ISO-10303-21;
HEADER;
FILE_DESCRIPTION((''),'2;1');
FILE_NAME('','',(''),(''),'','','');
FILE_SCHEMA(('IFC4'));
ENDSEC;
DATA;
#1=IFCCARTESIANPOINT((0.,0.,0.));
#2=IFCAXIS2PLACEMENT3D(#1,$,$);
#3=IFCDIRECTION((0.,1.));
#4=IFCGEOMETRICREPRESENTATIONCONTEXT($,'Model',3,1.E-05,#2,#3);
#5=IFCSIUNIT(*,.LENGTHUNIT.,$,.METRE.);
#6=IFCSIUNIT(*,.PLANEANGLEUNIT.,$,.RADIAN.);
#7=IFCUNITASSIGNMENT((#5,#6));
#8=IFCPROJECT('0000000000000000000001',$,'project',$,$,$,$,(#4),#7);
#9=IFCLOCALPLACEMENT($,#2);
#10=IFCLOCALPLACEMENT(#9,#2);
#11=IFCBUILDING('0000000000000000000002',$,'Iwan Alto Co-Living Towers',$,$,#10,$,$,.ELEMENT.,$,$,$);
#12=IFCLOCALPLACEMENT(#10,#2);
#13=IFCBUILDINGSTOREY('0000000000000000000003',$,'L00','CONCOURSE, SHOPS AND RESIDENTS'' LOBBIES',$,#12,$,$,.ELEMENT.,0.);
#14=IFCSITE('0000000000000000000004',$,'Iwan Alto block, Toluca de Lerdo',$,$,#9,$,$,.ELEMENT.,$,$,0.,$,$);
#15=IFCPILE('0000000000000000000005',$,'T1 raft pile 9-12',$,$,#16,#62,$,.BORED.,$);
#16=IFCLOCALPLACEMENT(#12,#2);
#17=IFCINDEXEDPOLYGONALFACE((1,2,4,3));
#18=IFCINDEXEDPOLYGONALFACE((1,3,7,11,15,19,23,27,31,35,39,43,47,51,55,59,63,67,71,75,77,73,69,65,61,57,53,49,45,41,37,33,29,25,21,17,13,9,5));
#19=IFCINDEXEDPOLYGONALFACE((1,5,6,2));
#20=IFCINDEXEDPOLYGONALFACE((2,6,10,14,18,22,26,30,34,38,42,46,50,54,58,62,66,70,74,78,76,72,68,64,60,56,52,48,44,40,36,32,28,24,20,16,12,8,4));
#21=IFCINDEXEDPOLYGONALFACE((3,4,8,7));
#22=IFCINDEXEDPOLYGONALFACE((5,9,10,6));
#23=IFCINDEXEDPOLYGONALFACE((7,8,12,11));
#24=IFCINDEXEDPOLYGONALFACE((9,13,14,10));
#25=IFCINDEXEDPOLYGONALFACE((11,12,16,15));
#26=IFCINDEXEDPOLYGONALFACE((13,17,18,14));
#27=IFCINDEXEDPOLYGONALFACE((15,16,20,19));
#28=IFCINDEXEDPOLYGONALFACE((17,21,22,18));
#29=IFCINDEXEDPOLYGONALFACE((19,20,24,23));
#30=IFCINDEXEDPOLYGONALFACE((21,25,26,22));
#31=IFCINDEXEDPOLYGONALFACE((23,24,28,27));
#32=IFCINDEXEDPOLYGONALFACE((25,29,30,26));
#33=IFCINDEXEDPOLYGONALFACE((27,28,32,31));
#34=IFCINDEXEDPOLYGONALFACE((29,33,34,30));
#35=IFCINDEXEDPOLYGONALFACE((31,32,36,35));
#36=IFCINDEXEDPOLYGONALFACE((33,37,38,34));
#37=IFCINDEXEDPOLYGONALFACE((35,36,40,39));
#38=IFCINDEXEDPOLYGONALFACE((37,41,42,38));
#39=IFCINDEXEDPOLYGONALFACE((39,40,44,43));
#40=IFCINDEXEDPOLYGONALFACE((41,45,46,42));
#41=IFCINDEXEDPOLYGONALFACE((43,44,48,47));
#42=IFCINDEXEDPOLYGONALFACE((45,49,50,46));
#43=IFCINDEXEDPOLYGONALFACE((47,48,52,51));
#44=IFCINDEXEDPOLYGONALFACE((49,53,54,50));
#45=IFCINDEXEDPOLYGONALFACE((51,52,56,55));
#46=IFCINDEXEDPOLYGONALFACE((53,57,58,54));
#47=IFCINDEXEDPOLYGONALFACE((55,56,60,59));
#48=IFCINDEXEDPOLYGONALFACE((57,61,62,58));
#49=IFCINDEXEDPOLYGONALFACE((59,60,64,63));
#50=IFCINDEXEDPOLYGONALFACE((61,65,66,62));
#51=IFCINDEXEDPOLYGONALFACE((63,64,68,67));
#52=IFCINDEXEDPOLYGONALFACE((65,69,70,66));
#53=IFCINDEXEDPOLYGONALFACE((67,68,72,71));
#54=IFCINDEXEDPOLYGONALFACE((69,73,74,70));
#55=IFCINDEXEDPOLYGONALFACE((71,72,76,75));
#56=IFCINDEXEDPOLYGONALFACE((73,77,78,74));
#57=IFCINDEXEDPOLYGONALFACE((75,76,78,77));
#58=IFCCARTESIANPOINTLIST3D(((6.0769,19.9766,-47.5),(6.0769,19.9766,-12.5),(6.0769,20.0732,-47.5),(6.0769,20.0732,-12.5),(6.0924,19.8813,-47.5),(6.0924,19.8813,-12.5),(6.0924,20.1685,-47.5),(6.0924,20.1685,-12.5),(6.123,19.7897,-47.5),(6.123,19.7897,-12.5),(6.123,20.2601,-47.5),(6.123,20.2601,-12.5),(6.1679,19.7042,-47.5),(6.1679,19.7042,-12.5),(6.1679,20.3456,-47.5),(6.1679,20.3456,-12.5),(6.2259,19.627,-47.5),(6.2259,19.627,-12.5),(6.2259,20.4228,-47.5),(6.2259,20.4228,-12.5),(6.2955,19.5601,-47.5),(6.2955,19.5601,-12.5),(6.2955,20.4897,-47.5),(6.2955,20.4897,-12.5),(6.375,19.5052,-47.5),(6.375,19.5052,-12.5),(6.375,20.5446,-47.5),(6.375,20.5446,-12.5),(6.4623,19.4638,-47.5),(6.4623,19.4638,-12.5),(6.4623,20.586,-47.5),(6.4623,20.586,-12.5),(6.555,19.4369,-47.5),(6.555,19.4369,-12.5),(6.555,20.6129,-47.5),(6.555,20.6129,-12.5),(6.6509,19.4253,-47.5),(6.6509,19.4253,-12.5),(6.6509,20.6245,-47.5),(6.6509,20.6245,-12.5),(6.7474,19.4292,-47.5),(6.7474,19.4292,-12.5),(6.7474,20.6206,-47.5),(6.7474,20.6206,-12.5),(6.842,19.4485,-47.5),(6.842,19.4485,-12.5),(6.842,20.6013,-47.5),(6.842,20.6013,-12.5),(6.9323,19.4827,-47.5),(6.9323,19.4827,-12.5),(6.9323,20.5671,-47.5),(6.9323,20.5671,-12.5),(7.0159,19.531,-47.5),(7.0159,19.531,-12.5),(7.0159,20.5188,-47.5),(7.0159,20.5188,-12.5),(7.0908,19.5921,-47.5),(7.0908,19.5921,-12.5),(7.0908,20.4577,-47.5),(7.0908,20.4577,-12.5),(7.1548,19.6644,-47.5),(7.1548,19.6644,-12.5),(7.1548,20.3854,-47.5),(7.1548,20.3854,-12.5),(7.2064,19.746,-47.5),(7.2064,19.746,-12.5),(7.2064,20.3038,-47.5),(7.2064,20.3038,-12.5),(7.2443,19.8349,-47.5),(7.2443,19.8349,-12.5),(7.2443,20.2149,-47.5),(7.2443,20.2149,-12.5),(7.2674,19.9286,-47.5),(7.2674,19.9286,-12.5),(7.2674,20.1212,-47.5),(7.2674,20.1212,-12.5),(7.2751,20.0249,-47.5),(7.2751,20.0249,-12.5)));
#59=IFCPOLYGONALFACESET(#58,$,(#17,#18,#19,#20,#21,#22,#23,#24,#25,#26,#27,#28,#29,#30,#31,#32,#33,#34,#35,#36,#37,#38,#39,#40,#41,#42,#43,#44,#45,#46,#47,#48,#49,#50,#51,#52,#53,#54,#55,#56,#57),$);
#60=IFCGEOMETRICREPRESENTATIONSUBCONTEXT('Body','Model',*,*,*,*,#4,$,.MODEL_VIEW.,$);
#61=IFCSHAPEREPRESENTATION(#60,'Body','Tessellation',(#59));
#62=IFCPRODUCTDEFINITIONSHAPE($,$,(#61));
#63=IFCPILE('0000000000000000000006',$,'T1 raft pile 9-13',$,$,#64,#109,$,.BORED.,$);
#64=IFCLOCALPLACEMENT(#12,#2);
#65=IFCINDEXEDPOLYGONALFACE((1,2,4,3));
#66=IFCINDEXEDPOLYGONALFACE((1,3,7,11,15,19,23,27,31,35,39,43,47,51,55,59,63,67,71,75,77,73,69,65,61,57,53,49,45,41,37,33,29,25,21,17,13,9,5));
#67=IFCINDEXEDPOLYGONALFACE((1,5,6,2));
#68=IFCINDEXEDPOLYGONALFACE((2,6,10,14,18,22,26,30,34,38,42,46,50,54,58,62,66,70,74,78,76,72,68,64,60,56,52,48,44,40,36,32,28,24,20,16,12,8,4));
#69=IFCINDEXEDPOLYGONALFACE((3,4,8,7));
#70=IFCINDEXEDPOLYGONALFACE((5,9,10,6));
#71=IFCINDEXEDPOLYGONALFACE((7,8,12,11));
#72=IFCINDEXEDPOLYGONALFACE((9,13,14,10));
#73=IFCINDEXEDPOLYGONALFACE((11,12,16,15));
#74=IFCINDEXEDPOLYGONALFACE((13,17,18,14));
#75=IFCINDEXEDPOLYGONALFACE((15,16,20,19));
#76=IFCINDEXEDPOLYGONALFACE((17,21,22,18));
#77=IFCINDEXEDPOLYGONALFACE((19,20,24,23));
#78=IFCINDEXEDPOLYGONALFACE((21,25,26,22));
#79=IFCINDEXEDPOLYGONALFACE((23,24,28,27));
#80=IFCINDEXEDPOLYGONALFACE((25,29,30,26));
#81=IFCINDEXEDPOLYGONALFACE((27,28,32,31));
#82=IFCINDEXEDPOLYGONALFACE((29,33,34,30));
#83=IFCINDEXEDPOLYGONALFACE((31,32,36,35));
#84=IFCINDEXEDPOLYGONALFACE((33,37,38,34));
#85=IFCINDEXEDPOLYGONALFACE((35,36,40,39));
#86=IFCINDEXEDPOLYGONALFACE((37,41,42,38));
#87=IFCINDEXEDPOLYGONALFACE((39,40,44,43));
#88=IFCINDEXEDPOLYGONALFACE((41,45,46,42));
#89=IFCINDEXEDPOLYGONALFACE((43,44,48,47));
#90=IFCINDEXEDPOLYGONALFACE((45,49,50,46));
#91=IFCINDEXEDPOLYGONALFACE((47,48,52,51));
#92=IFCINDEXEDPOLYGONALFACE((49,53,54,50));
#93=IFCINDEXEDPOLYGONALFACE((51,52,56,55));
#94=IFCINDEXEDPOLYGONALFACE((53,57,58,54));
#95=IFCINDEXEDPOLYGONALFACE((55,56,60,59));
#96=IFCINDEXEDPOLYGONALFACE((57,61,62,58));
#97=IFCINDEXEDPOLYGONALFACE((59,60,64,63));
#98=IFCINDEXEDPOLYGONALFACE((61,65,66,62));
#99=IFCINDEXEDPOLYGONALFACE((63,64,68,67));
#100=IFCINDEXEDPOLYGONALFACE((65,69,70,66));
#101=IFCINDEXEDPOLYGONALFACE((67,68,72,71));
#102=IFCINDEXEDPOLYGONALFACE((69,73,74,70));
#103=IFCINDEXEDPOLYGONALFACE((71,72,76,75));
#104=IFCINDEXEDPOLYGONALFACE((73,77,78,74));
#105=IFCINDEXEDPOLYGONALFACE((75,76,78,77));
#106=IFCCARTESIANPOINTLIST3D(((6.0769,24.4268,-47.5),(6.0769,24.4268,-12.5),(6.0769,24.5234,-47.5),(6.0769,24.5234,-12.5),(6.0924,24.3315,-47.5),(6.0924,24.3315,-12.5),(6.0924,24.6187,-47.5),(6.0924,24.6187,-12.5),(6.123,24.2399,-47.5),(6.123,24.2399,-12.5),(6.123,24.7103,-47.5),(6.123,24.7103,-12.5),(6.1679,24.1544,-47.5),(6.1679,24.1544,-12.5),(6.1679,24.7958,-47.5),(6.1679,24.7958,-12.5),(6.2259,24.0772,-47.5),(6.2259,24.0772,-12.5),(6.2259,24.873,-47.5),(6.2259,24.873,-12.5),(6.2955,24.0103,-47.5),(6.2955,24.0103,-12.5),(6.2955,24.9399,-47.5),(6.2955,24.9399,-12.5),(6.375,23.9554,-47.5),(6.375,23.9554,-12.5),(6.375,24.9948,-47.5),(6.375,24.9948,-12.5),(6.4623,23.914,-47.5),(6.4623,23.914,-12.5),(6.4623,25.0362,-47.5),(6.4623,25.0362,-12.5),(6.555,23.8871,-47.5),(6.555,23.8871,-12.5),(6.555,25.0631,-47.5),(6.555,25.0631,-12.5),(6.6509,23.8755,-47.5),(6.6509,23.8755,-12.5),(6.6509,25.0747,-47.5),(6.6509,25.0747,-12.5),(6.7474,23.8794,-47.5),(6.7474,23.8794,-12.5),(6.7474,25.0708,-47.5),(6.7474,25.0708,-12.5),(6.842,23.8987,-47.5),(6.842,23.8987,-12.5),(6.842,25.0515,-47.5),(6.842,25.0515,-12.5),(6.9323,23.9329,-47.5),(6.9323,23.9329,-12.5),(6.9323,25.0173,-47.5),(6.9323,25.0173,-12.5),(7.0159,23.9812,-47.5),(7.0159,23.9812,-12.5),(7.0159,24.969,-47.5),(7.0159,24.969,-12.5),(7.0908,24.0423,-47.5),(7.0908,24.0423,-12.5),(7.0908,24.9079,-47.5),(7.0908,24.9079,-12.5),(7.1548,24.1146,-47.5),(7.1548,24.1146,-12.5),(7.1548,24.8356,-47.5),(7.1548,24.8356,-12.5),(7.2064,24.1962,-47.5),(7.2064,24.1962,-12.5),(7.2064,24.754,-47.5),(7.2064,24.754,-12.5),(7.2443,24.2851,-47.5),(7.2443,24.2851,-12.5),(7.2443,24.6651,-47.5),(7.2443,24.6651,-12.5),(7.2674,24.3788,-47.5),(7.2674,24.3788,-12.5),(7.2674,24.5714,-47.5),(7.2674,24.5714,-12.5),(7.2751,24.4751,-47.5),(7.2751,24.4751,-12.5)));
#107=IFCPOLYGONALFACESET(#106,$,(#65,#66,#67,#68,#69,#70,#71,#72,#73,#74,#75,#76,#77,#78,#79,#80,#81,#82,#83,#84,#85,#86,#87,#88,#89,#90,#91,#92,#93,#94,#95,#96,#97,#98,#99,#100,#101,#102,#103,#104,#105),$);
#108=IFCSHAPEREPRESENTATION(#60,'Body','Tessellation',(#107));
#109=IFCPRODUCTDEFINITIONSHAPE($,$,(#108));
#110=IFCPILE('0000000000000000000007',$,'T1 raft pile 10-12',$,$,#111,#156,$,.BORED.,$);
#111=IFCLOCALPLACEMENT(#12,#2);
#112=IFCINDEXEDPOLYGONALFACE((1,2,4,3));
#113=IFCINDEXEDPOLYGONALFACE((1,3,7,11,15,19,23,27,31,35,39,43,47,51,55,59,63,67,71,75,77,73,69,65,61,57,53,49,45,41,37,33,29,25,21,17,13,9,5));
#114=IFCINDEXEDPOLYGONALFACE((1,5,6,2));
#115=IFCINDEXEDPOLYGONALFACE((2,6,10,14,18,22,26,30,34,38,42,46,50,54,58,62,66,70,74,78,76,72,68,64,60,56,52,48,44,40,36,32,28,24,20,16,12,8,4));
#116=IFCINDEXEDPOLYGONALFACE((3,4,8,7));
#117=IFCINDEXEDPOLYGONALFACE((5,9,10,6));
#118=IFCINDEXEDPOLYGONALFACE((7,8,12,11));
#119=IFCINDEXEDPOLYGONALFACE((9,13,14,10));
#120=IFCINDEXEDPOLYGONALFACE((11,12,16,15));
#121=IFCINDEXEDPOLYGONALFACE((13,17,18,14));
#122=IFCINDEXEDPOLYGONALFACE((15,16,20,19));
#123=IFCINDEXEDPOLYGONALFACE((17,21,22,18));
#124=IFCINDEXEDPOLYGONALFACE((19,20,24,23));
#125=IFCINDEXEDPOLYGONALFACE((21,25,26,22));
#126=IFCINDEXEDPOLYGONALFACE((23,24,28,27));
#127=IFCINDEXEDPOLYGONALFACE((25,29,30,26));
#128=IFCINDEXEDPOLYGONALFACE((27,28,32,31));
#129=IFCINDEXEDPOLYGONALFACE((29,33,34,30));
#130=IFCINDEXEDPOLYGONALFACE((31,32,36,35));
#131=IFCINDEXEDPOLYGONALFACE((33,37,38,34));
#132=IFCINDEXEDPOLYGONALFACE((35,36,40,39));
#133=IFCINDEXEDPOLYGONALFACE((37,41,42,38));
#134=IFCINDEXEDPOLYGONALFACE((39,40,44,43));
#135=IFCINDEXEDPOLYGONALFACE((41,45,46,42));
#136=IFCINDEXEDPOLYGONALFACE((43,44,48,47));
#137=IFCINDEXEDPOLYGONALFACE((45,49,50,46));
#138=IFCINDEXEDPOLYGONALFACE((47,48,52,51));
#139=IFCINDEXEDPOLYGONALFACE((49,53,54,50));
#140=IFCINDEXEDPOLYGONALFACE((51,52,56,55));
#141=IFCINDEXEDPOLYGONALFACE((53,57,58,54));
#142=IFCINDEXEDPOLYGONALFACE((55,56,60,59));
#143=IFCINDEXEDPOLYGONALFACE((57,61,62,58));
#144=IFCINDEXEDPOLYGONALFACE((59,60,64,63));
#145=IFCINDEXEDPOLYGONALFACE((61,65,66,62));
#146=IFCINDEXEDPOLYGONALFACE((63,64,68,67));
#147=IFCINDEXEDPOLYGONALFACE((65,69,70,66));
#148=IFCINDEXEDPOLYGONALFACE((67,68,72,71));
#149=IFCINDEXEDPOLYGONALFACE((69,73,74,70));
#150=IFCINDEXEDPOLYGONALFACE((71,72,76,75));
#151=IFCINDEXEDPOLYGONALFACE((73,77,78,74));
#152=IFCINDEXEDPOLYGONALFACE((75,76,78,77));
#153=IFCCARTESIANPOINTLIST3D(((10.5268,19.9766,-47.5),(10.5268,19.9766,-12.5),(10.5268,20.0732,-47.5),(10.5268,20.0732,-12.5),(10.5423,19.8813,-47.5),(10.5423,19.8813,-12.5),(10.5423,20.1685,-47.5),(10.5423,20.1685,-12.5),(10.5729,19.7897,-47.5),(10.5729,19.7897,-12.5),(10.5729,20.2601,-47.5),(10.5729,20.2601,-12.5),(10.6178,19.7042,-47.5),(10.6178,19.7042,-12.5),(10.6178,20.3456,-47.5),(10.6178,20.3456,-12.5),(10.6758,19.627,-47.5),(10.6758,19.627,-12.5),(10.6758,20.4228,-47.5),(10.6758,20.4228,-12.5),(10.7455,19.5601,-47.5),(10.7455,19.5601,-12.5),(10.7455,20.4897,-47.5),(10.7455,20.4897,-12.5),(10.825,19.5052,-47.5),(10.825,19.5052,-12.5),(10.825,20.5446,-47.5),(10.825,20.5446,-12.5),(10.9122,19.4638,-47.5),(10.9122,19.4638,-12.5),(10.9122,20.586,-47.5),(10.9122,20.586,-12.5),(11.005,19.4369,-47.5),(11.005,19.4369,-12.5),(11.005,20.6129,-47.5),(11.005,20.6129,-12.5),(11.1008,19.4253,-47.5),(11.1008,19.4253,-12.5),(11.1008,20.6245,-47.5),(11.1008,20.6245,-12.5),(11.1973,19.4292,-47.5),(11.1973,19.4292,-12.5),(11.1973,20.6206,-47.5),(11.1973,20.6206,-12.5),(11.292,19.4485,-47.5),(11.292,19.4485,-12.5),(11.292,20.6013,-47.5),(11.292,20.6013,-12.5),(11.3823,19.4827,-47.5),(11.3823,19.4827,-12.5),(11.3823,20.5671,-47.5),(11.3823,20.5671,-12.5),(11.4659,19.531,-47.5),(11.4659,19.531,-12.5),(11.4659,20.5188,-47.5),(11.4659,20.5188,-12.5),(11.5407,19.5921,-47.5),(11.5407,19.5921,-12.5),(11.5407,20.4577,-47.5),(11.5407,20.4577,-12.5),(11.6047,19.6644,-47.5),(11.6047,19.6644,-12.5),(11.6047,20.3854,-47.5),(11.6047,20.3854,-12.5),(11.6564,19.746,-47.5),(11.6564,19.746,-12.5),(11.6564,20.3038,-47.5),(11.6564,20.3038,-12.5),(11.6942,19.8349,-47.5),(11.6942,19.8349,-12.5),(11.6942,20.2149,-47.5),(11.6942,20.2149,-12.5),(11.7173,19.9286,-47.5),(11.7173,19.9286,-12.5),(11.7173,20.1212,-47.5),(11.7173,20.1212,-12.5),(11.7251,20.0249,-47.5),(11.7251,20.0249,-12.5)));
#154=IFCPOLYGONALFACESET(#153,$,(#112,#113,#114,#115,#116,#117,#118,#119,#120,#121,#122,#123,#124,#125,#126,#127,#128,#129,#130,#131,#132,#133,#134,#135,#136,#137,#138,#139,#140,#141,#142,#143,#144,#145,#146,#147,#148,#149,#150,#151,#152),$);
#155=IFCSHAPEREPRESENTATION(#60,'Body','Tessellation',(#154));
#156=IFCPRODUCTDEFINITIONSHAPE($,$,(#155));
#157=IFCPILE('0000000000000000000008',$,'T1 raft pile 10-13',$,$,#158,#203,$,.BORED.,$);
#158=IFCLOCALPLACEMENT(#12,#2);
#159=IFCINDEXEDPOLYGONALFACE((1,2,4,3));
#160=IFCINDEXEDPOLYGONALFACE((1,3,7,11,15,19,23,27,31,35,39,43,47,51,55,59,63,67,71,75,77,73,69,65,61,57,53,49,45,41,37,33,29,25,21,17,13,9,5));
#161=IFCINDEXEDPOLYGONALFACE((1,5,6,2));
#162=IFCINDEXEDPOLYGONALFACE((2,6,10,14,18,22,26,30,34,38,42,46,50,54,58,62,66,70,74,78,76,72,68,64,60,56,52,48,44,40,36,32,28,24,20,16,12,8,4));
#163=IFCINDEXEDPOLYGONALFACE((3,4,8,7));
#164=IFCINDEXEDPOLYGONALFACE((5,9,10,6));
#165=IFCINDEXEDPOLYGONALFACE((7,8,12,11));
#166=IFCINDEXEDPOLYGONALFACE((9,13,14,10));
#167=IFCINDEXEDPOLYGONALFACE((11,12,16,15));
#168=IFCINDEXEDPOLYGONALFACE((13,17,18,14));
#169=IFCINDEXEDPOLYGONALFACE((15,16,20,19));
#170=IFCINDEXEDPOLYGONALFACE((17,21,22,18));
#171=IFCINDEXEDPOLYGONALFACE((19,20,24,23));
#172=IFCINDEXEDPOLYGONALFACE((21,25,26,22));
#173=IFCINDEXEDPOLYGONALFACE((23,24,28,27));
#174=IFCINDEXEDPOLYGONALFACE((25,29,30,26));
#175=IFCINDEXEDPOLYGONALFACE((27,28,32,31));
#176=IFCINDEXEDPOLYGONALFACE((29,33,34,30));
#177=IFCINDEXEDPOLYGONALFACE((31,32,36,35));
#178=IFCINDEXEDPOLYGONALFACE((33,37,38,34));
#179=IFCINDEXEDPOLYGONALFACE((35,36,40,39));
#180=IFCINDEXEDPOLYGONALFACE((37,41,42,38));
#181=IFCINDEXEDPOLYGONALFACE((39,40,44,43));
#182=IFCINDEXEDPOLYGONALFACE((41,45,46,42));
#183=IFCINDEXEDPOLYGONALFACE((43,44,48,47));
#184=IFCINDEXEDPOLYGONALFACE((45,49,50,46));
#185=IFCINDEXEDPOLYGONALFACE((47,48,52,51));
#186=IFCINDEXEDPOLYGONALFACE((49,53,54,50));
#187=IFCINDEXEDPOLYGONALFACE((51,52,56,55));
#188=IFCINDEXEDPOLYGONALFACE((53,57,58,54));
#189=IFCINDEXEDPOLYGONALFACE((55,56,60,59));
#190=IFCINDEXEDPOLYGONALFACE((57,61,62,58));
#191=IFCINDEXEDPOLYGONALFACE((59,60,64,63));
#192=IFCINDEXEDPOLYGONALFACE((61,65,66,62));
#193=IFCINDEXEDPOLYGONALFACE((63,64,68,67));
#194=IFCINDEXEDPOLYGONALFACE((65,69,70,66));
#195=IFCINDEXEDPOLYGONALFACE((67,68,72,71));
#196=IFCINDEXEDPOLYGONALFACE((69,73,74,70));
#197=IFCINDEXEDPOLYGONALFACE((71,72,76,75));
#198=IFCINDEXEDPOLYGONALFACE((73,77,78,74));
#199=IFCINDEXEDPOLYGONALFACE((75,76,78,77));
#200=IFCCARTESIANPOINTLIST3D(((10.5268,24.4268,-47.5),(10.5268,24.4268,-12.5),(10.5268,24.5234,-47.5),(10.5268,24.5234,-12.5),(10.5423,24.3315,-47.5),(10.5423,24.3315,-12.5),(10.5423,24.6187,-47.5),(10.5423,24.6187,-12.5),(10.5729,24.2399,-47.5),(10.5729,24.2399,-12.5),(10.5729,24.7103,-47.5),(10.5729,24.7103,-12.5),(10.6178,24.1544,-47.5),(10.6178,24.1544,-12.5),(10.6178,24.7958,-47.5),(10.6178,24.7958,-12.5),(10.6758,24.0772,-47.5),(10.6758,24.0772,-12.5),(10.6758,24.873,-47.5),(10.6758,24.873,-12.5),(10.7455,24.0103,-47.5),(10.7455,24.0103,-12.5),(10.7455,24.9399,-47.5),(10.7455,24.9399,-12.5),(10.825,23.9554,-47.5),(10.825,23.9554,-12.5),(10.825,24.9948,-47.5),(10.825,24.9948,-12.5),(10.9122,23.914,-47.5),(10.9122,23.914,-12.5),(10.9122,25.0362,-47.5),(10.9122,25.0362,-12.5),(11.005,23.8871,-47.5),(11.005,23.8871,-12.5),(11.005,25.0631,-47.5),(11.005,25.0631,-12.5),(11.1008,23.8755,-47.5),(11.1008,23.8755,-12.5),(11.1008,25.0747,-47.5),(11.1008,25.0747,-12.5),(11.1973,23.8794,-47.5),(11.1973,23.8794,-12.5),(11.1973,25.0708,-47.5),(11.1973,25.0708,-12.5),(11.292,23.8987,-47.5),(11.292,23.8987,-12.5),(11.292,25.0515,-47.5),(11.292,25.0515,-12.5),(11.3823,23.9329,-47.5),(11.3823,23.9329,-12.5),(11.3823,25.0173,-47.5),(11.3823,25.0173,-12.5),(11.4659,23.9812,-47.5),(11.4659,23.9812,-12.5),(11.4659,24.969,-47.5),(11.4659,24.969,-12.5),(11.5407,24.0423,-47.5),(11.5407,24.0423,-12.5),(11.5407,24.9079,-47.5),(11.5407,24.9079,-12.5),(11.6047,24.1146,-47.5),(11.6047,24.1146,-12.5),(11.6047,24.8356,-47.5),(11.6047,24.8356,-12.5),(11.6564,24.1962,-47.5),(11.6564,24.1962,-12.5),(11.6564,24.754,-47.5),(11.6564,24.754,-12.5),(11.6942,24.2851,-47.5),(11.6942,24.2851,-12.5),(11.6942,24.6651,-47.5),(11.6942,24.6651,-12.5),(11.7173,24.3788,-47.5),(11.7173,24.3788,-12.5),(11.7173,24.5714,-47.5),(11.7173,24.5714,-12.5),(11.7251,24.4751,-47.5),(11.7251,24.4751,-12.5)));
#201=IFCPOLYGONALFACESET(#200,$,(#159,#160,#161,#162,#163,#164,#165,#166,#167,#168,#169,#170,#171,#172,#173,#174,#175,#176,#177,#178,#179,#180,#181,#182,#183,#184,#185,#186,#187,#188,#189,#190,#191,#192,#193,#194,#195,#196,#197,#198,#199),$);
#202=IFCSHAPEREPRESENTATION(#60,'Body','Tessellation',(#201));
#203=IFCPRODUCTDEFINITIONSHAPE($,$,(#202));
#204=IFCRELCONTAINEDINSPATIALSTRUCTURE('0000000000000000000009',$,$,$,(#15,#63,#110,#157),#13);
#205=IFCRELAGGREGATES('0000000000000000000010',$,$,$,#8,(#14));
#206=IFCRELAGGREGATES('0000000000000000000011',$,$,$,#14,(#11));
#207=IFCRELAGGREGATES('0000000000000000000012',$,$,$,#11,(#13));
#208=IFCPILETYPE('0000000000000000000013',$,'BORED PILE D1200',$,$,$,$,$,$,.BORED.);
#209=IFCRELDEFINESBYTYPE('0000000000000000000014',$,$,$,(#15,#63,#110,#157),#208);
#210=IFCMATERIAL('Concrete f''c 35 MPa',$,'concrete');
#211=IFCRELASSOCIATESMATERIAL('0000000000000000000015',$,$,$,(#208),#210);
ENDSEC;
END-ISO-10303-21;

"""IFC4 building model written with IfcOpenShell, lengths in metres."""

from ifc_helpers import new_model, si_unit, direction, frame, origin, origin_2d, place, context, subcontext, project, spatial, circle, extrude, material, material_profile, profile_set, type_object, element, save


model = new_model("IFC4")

# Units and contexts
model_context = context("Model", 3, precision=1e-05, world=origin(), true_north=direction((0.0, 1.0)))
body_context = subcontext(model_context, "Body", "Model", "MODEL_VIEW")
ifc_project = project(units=[si_unit("LENGTHUNIT", "METRE"), si_unit("PLANEANGLEUNIT", "RADIAN")], contexts=[model_context])

# Site, building, storey
site_placement = place(None, origin())
site = spatial("IfcSite", under=ifc_project, at=site_placement, Name="Iwan Alto block, Toluca de Lerdo", CompositionType="ELEMENT", RefElevation=0.0)
building_placement = place(site_placement, origin())
building = spatial("IfcBuilding", under=site, at=building_placement, Name="Iwan Alto Co-Living Towers", CompositionType="ELEMENT")
storey_placement = place(building_placement, origin())
storey = spatial("IfcBuildingStorey", under=building, at=storey_placement, Name="L00", Description="CONCOURSE, SHOPS AND RESIDENTS' LOBBIES", CompositionType="ELEMENT", Elevation=0.0)

# Piles
ifc_material_1 = material(Name="Concrete f'c 35 MPa", Category="concrete")
ifc_material_profile_1 = material_profile(ifc_material_1, circle(Radius=0.6001, at=origin_2d()), Name="D1200")
ifc_profile_set_1 = profile_set([ifc_material_profile_1], Name="Concrete f'c 35 MPa")
pile_type = type_object("IfcPileType", Name="BORED PILE D1200", PredefinedType="BORED", material=ifc_profile_set_1)
for number, where, z_axis, x_axis, name in (
    (1, (6.675, 20.0249, -12.5), (0.0, 0.0, -1.0), (1.0, 0.0, 0.0), "T1 raft pile 9-12"),
    (2, (6.675, 24.4751, -12.5), (0.0, 0.0, -1.0), (1.0, 0.0, 0.0), "T1 raft pile 9-13"),
    (3, (11.125, 20.0249, -12.5), (0.0, 0.0, -1.0), (1.0, 0.0, 0.0), "T1 raft pile 10-12"),
    (4, (11.125, 24.4751, -12.5), (0.0, 0.0, -1.0), (1.0, 0.0, 0.0), "T1 raft pile 10-13"),
):
    element("IfcPile", number, at=place(storey_placement, frame(where, z_axis=z_axis, x_axis=x_axis)), inside=storey, type_object=pile_type, Name=name, PredefinedType="BORED", context=body_context, shape_type="SweptSolid", body=[
        extrude(circle(Radius=0.6001, at=origin_2d()), origin(), (0.0, 0.0, 1.0), 35.0),
    ])

save(model, "model.ifc")
